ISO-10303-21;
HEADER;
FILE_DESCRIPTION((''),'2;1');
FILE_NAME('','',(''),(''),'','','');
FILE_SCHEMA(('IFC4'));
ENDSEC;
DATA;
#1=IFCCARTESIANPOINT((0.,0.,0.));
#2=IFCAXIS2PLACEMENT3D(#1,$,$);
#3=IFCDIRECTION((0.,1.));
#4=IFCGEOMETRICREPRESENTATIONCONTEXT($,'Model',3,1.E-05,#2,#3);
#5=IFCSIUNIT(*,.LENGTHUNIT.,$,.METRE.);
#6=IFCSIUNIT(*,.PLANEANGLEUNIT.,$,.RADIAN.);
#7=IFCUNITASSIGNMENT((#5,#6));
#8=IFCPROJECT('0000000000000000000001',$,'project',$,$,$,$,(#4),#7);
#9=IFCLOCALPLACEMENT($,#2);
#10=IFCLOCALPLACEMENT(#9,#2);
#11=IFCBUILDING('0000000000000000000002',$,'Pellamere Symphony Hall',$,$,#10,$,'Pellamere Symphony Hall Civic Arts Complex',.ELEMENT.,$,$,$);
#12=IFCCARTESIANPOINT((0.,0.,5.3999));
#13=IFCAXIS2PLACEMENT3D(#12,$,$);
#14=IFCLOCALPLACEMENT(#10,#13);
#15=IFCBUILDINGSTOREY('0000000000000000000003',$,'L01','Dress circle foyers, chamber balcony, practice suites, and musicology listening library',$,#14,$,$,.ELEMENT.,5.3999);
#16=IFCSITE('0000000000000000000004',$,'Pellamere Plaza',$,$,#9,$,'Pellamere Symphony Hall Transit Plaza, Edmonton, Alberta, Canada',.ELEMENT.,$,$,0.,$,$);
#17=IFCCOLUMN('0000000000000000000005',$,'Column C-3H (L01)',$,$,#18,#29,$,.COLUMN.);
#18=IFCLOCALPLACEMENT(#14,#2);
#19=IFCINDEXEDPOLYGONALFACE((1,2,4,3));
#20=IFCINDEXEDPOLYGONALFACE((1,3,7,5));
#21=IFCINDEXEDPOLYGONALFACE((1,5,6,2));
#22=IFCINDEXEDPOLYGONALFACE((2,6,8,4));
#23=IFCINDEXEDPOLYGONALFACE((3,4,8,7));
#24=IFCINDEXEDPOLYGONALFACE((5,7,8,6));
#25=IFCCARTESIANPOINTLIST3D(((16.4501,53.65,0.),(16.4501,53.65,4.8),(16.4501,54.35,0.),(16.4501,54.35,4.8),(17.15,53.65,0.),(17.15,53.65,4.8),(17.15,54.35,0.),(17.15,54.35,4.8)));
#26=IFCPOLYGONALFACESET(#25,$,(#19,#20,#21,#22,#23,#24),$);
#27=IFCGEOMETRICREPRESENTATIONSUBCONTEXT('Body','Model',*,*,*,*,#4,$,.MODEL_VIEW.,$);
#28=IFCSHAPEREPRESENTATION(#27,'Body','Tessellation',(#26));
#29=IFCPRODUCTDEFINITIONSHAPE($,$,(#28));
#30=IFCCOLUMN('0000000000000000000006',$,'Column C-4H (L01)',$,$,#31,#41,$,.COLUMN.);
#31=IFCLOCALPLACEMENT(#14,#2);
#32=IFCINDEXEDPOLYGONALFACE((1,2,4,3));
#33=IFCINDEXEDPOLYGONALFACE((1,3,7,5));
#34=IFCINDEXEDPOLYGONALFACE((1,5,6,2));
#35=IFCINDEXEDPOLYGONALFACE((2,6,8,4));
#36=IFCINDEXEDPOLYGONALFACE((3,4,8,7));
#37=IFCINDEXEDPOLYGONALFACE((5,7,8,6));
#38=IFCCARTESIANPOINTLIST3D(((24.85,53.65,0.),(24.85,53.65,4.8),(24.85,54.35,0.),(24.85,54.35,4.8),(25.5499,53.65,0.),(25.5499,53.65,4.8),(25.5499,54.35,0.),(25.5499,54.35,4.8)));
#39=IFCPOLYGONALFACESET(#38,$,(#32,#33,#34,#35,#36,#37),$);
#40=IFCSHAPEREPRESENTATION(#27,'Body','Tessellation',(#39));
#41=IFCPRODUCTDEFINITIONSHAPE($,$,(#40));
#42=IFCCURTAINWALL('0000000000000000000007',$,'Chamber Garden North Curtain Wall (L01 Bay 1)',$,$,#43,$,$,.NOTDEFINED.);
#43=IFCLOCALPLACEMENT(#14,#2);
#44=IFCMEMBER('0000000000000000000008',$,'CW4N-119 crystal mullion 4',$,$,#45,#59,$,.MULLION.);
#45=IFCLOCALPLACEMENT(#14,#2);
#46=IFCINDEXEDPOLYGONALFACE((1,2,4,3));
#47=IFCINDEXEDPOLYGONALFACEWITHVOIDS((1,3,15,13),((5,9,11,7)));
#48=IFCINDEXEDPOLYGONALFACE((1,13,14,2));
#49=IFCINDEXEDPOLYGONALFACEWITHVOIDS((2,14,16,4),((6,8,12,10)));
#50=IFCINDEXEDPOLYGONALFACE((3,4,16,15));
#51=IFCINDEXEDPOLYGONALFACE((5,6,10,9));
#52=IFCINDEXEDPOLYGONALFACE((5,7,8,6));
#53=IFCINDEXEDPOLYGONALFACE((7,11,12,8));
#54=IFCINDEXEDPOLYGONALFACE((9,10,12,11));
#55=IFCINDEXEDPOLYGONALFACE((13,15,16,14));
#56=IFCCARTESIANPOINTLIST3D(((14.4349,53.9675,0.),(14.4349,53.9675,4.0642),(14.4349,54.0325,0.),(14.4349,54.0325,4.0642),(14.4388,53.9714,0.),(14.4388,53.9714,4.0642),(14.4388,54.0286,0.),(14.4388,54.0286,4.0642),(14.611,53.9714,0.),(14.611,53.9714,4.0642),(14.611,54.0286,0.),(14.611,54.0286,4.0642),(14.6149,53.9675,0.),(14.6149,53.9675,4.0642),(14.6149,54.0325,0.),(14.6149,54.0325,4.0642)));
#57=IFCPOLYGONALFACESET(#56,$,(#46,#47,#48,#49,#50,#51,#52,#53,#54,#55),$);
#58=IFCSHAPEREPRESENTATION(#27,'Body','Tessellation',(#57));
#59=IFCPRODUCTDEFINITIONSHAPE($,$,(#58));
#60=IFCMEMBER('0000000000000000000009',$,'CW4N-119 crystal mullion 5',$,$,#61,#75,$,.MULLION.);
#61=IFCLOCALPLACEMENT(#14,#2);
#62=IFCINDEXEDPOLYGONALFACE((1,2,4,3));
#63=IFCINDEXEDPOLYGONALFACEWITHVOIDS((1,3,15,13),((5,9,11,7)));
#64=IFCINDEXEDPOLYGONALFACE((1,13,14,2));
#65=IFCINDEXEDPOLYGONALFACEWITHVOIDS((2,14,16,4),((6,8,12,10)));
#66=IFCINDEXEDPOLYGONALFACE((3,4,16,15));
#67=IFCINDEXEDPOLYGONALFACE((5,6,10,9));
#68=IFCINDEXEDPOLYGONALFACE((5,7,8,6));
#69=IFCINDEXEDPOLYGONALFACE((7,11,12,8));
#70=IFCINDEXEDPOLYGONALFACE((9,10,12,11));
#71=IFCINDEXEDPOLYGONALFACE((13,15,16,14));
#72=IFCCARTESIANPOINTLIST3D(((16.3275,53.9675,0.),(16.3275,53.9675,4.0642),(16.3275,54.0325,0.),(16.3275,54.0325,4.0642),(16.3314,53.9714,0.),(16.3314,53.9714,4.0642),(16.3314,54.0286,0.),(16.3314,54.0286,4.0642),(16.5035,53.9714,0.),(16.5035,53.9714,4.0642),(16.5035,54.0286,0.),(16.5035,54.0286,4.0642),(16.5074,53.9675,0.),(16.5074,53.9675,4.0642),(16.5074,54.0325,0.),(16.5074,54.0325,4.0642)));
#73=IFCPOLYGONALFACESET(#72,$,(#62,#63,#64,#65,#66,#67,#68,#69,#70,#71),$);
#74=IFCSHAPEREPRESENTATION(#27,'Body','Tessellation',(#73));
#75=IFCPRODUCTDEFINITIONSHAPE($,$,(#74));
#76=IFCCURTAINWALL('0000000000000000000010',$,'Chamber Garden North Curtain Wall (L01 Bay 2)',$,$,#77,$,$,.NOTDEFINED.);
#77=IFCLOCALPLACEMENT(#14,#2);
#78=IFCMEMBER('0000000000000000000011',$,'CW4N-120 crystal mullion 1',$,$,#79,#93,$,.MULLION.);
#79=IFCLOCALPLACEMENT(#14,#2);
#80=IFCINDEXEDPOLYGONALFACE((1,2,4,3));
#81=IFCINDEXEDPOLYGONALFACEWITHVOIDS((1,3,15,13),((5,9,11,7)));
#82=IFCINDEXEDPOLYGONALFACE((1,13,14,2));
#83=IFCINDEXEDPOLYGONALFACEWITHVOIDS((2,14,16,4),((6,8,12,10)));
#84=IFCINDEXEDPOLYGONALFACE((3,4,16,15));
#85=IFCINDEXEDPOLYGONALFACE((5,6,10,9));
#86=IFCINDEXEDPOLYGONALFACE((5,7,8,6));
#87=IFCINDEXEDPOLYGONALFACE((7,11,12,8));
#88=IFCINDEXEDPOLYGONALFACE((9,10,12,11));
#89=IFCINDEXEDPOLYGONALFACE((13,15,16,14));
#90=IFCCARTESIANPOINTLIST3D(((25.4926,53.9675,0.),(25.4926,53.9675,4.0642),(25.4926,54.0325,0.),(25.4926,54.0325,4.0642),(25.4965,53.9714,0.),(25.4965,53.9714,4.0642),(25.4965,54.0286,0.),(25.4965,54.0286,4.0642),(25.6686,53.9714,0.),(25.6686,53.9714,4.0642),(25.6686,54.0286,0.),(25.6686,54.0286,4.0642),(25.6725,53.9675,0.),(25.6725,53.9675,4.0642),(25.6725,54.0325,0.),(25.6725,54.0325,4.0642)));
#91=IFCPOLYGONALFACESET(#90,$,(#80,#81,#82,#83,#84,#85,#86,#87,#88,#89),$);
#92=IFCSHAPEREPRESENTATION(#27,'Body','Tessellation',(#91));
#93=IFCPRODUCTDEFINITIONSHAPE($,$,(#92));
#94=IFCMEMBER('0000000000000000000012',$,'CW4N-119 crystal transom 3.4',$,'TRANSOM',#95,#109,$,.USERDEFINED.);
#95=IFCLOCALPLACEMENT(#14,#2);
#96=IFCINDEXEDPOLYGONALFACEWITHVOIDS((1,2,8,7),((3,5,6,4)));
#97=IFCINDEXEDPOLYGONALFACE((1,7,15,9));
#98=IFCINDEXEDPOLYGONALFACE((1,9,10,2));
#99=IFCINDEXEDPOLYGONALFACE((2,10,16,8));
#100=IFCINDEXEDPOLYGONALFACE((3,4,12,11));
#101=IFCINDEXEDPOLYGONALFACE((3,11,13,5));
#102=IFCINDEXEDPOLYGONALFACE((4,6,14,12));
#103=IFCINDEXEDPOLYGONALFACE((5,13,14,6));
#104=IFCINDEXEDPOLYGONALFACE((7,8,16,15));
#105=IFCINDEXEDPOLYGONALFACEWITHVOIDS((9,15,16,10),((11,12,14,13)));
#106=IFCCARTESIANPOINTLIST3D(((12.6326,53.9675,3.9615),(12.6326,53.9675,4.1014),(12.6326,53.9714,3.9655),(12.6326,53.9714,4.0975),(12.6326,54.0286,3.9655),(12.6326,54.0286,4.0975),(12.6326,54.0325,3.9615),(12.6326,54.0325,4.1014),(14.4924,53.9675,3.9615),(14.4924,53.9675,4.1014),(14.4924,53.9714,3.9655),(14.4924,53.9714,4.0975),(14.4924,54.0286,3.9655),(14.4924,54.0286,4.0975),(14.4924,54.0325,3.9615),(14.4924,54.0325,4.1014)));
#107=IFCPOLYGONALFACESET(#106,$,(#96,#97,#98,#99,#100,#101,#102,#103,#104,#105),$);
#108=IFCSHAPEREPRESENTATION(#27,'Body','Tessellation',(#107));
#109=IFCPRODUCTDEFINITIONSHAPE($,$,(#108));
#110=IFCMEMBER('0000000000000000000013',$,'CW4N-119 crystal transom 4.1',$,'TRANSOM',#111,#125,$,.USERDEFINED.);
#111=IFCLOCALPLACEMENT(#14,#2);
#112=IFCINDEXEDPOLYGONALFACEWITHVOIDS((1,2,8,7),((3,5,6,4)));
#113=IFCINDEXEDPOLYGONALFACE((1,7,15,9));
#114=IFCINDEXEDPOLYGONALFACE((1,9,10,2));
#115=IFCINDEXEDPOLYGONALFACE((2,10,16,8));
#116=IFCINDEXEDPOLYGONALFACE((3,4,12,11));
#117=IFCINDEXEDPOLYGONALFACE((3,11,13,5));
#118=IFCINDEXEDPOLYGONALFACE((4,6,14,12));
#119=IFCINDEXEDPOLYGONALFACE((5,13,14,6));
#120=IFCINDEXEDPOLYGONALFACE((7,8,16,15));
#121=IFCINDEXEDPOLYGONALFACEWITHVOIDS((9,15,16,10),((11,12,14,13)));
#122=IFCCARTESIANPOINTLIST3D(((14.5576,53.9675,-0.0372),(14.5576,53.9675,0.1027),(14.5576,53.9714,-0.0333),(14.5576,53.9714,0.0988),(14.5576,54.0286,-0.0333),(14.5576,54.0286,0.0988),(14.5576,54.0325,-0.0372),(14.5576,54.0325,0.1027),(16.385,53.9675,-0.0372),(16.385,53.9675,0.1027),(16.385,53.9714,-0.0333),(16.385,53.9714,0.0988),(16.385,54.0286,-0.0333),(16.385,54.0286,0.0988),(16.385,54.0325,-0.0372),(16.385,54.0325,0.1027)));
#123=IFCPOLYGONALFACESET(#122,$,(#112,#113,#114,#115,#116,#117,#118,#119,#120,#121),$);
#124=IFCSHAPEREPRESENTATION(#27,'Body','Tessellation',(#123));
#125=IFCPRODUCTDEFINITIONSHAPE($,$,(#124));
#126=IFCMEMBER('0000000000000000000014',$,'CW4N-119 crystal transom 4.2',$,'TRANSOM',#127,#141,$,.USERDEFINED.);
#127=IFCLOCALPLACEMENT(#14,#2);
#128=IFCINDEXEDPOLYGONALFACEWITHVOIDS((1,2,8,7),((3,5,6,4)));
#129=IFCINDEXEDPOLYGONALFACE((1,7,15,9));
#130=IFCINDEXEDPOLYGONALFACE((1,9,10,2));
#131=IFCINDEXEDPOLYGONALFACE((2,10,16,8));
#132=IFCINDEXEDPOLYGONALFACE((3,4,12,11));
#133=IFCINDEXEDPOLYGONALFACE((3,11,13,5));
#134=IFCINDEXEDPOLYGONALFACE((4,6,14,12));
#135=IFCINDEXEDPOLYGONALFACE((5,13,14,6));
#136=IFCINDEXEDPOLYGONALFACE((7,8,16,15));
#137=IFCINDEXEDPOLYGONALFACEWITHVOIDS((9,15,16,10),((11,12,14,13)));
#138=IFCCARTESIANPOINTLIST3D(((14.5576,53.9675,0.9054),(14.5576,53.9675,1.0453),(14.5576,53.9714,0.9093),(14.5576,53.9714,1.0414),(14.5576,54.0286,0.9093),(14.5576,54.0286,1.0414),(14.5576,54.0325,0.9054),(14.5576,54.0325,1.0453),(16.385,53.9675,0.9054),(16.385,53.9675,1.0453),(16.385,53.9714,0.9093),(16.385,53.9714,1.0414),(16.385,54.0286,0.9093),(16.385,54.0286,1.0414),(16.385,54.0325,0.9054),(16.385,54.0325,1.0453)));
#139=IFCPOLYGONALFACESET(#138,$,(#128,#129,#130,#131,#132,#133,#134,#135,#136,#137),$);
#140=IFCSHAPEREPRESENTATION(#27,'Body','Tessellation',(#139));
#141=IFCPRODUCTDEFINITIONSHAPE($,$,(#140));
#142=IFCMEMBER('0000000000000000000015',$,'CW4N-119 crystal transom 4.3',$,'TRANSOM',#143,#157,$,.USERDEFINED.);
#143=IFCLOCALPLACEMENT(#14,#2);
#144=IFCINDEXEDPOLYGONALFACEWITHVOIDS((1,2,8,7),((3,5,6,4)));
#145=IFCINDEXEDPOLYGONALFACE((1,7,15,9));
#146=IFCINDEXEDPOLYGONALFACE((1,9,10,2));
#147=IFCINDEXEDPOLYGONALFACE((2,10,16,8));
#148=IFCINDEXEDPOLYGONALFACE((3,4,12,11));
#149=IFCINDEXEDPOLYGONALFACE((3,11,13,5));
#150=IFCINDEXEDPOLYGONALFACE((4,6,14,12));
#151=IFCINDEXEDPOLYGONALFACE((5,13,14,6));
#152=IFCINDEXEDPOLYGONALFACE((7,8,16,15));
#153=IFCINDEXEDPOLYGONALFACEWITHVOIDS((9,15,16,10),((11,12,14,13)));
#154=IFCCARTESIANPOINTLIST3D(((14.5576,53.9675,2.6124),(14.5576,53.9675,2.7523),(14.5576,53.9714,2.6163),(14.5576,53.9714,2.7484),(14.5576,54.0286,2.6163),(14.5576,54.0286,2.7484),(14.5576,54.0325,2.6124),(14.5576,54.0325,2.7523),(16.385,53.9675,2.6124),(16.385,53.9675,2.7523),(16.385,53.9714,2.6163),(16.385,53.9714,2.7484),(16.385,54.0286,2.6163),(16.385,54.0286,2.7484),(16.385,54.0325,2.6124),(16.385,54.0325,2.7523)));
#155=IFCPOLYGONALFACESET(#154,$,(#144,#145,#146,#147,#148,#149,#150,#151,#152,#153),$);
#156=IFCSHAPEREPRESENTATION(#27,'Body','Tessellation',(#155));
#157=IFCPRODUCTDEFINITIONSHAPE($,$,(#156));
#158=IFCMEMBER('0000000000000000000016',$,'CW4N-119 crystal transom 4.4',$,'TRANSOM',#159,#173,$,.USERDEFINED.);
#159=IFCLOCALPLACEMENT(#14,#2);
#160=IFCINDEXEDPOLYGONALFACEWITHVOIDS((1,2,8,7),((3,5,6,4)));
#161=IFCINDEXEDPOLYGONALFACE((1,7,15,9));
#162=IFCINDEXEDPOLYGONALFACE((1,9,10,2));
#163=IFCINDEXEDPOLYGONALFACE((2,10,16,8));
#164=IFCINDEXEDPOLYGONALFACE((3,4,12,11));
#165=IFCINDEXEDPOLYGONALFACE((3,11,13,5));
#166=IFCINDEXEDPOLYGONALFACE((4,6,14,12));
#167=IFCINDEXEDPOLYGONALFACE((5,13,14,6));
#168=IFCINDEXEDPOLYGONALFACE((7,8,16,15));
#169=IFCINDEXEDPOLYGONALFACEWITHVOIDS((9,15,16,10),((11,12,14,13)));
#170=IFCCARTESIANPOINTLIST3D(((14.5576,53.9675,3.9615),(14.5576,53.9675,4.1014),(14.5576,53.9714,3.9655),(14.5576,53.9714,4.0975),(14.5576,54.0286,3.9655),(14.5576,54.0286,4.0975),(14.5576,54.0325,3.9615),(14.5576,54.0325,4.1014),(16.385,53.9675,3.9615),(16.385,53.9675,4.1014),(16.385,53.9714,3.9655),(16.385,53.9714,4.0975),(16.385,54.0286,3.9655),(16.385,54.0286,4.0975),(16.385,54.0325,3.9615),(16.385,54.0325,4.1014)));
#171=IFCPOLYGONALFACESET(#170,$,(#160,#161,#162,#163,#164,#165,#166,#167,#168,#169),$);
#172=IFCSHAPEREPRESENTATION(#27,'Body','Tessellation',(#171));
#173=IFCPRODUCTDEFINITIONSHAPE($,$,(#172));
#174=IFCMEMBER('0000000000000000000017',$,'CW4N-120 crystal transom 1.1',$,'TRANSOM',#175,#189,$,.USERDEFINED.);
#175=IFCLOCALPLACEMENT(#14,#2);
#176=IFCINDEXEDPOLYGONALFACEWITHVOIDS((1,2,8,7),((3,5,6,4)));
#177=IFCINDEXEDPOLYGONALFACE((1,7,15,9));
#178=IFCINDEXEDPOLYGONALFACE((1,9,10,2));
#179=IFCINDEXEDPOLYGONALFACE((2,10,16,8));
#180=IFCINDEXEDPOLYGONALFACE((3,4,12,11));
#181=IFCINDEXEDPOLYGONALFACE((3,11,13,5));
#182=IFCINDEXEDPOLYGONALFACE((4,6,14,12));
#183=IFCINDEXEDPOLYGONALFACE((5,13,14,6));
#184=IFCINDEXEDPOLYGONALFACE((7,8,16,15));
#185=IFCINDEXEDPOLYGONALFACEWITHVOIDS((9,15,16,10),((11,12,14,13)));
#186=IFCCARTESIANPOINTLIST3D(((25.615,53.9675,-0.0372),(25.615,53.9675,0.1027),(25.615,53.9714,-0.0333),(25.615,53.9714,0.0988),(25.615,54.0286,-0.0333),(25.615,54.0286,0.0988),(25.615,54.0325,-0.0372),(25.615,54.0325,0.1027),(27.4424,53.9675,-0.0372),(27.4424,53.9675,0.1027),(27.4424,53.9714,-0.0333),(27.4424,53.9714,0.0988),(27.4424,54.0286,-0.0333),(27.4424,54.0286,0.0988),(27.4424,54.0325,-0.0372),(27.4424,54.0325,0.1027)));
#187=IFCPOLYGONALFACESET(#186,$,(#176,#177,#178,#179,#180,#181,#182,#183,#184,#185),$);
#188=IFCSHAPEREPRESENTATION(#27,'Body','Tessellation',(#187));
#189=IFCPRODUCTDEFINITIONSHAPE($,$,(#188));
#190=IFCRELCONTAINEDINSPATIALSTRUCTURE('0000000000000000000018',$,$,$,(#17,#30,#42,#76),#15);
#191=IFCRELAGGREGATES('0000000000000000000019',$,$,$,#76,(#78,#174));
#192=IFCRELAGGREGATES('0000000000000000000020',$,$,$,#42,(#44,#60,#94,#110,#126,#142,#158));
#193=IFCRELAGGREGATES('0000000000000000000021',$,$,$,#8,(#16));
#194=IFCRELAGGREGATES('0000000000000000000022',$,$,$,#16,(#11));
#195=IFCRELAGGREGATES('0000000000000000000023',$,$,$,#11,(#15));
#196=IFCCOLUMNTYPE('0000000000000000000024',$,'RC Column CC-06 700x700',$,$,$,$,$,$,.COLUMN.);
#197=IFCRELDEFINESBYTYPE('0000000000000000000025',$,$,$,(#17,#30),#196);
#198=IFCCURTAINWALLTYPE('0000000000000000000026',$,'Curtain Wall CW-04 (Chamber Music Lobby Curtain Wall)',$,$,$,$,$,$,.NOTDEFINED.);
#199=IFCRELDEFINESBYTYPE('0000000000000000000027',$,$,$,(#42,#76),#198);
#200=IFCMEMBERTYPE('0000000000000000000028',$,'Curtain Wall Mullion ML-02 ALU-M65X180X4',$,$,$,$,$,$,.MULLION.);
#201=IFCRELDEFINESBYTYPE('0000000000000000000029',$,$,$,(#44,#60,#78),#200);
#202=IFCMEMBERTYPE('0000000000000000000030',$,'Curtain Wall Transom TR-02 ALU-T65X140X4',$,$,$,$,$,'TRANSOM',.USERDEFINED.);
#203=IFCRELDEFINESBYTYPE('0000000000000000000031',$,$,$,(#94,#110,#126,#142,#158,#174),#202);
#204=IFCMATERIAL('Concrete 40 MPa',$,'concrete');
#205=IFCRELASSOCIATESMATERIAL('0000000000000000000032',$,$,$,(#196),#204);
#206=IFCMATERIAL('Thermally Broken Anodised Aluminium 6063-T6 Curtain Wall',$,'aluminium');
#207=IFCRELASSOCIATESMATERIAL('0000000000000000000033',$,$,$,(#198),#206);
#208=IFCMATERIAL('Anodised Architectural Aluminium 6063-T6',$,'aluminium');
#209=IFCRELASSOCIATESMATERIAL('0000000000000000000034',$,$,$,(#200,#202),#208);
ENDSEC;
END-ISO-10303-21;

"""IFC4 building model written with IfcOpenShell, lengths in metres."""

from ifc_helpers import new_model, si_unit, direction, frame, origin, origin_2d, place, context, subcontext, project, spatial, rectangle, hollow_rectangle, extrude, material, material_profile, profile_set, type_object, element, aggregate, save


model = new_model("IFC4")

# Units and contexts
model_context = context("Model", 3, precision=1e-05, world=origin(), true_north=direction((0.0, 1.0)))
body_context = subcontext(model_context, "Body", "Model", "MODEL_VIEW")
ifc_project = project(units=[si_unit("LENGTHUNIT", "METRE"), si_unit("PLANEANGLEUNIT", "RADIAN")], contexts=[model_context])

# Site, building, storey
site_placement = place(None, origin())
site = spatial("IfcSite", under=ifc_project, at=site_placement, Name="Pellamere Plaza", LongName="Pellamere Symphony Hall Transit Plaza, Edmonton, Alberta, Canada", CompositionType="ELEMENT", RefElevation=0.0)
building_placement = place(site_placement, origin())
building = spatial("IfcBuilding", under=site, at=building_placement, Name="Pellamere Symphony Hall", LongName="Pellamere Symphony Hall Civic Arts Complex", CompositionType="ELEMENT")
storey_placement = place(building_placement, frame((0.0, 0.0, 5.3999)))
storey = spatial("IfcBuildingStorey", under=building, at=storey_placement, Name="L01", Description="Dress circle foyers, chamber balcony, practice suites, and musicology listening library", CompositionType="ELEMENT", Elevation=5.3999)

# Columns
ifc_material_1 = material(Name="Concrete 40 MPa", Category="concrete")
ifc_material_profile_1 = material_profile(ifc_material_1, rectangle(XDim=0.7, YDim=0.7, at=origin_2d()), Name="RC 700x700")
ifc_profile_set_1 = profile_set([ifc_material_profile_1], Name="Concrete 40 MPa")
column_type = type_object("IfcColumnType", Name="RC Column CC-06 700x700", PredefinedType="COLUMN", material=ifc_profile_set_1)
for number, where, z_axis, x_axis, name in (
    (1, (16.8, 54.0, 0.0), (0.0, 0.0, 1.0), (1.0, 0.0, 0.0), "Column C-3H (L01)"),
    (2, (25.2, 54.0, 0.0), (0.0, 0.0, 1.0), (1.0, 0.0, 0.0), "Column C-4H (L01)"),
):
    element("IfcColumn", number, at=place(storey_placement, frame(where, z_axis=z_axis, x_axis=x_axis)), inside=storey, type_object=column_type, Name=name, PredefinedType="COLUMN", context=body_context, shape_type="SweptSolid", body=[
        extrude(rectangle(XDim=0.7, YDim=0.7, at=origin_2d()), origin(), (0.0, 0.0, 1.0), 4.8),
    ])

# Curtain wall, members
ifc_material_2 = material(Name="Thermally Broken Anodised Aluminium 6063-T6 Curtain Wall", Category="aluminium")
curtain_wall_type = type_object("IfcCurtainWallType", Name="Curtain Wall CW-04 (Chamber Music Lobby Curtain Wall)", PredefinedType="NOTDEFINED", material=ifc_material_2)
curtain_wall_1_placement = place(storey_placement, origin())
curtain_wall_1 = element("IfcCurtainWall", 3, at=curtain_wall_1_placement, inside=storey, type_object=curtain_wall_type, Name="Chamber Garden North Curtain Wall (L01 Bay 1)", PredefinedType="NOTDEFINED")
ifc_material_3 = material(Name="Anodised Architectural Aluminium 6063-T6", Category="aluminium")
ifc_material_profile_2 = material_profile(ifc_material_3, hollow_rectangle(XDim=0.0649, YDim=0.1799, WallThickness=0.0039, at=origin_2d()), Name="ALU-M65X180X4")
ifc_profile_set_2 = profile_set([ifc_material_profile_2], Name="Anodised Architectural Aluminium 6063-T6")
member_type_1 = type_object("IfcMemberType", Name="Curtain Wall Mullion ML-02 ALU-M65X180X4", PredefinedType="MULLION", material=ifc_profile_set_2)
member_1_placement = place(storey_placement, frame((14.5249, 54.0, 0.0), z_axis=(0.0, 0.0, 1.0), x_axis=(0.0, 1.0, 0.0)))
member_1 = element("IfcMember", 4, at=member_1_placement, type_object=member_type_1, Name="CW4N-119 crystal mullion 4", PredefinedType="MULLION", context=body_context, shape_type="SweptSolid", body=[
    extrude(hollow_rectangle(XDim=0.0649, YDim=0.1799, WallThickness=0.0039, at=origin_2d()), origin(), (0.0, 0.0, 1.0), 4.0642),
])
member_2_placement = place(storey_placement, frame((16.4175, 54.0, 0.0), z_axis=(0.0, 0.0, 1.0), x_axis=(0.0, 1.0, 0.0)))
member_2 = element("IfcMember", 5, at=member_2_placement, type_object=member_type_1, Name="CW4N-119 crystal mullion 5", PredefinedType="MULLION", context=body_context, shape_type="SweptSolid", body=[
    extrude(hollow_rectangle(XDim=0.0649, YDim=0.1799, WallThickness=0.0039, at=origin_2d()), origin(), (0.0, 0.0, 1.0), 4.0642),
])

# Curtain wall, member
curtain_wall_2_placement = place(storey_placement, origin())
curtain_wall_2 = element("IfcCurtainWall", 6, at=curtain_wall_2_placement, inside=storey, type_object=curtain_wall_type, Name="Chamber Garden North Curtain Wall (L01 Bay 2)", PredefinedType="NOTDEFINED")
member_3_placement = place(storey_placement, frame((25.5825, 54.0, 0.0), z_axis=(0.0, 0.0, 1.0), x_axis=(0.0, 1.0, 0.0)))
member_3 = element("IfcMember", 7, at=member_3_placement, type_object=member_type_1, Name="CW4N-120 crystal mullion 1", PredefinedType="MULLION", context=body_context, shape_type="SweptSolid", body=[
    extrude(hollow_rectangle(XDim=0.0649, YDim=0.1799, WallThickness=0.0039, at=origin_2d()), origin(), (0.0, 0.0, 1.0), 4.0642),
])

# Members
ifc_material_profile_3 = material_profile(ifc_material_3, hollow_rectangle(XDim=0.0649, YDim=0.1399, WallThickness=0.0039, at=origin_2d()), Name="ALU-T65X140X4")
ifc_profile_set_3 = profile_set([ifc_material_profile_3], Name="Anodised Architectural Aluminium 6063-T6")
member_type_2 = type_object("IfcMemberType", Name="Curtain Wall Transom TR-02 ALU-T65X140X4", ElementType="TRANSOM", PredefinedType="USERDEFINED", material=ifc_profile_set_3)
member_4_placement = place(storey_placement, frame((12.6326, 54.0, 4.0315), z_axis=(1.0, 0.0, 0.0), x_axis=(0.0, 1.0, 0.0)))
member_4 = element("IfcMember", 8, at=member_4_placement, type_object=member_type_2, Name="CW4N-119 crystal transom 3.4", ObjectType="TRANSOM", PredefinedType="USERDEFINED", context=body_context, shape_type="SweptSolid", body=[
    extrude(hollow_rectangle(XDim=0.0649, YDim=0.1399, WallThickness=0.0039, at=origin_2d()), origin(), (0.0, 0.0, 1.0), 1.8599),
])
member_5_placement = place(storey_placement, frame((14.5576, 54.0, 0.0327), z_axis=(1.0, 0.0, 0.0), x_axis=(0.0, 1.0, 0.0)))
member_5 = element("IfcMember", 9, at=member_5_placement, type_object=member_type_2, Name="CW4N-119 crystal transom 4.1", ObjectType="TRANSOM", PredefinedType="USERDEFINED", context=body_context, shape_type="SweptSolid", body=[
    extrude(hollow_rectangle(XDim=0.0649, YDim=0.1399, WallThickness=0.0039, at=origin_2d()), origin(), (0.0, 0.0, 1.0), 1.8274),
])
member_6_placement = place(storey_placement, frame((14.5576, 54.0, 0.9753), z_axis=(1.0, 0.0, 0.0), x_axis=(0.0, 1.0, 0.0)))
member_6 = element("IfcMember", 10, at=member_6_placement, type_object=member_type_2, Name="CW4N-119 crystal transom 4.2", ObjectType="TRANSOM", PredefinedType="USERDEFINED", context=body_context, shape_type="SweptSolid", body=[
    extrude(hollow_rectangle(XDim=0.0649, YDim=0.1399, WallThickness=0.0039, at=origin_2d()), origin(), (0.0, 0.0, 1.0), 1.8274),
])
member_7_placement = place(storey_placement, frame((14.5576, 54.0, 2.6824), z_axis=(1.0, 0.0, 0.0), x_axis=(0.0, 1.0, 0.0)))
member_7 = element("IfcMember", 11, at=member_7_placement, type_object=member_type_2, Name="CW4N-119 crystal transom 4.3", ObjectType="TRANSOM", PredefinedType="USERDEFINED", context=body_context, shape_type="SweptSolid", body=[
    extrude(hollow_rectangle(XDim=0.0649, YDim=0.1399, WallThickness=0.0039, at=origin_2d()), origin(), (0.0, 0.0, 1.0), 1.8274),
])
member_8_placement = place(storey_placement, frame((14.5576, 54.0, 4.0315), z_axis=(1.0, 0.0, 0.0), x_axis=(0.0, 1.0, 0.0)))
member_8 = element("IfcMember", 12, at=member_8_placement, type_object=member_type_2, Name="CW4N-119 crystal transom 4.4", ObjectType="TRANSOM", PredefinedType="USERDEFINED", context=body_context, shape_type="SweptSolid", body=[
    extrude(hollow_rectangle(XDim=0.0649, YDim=0.1399, WallThickness=0.0039, at=origin_2d()), origin(), (0.0, 0.0, 1.0), 1.8274),
])
member_9_placement = place(storey_placement, frame((25.615, 54.0, 0.0327), z_axis=(1.0, 0.0, 0.0), x_axis=(0.0, 1.0, 0.0)))
member_9 = element("IfcMember", 13, at=member_9_placement, type_object=member_type_2, Name="CW4N-120 crystal transom 1.1", ObjectType="TRANSOM", PredefinedType="USERDEFINED", context=body_context, shape_type="SweptSolid", body=[
    extrude(hollow_rectangle(XDim=0.0649, YDim=0.1399, WallThickness=0.0039, at=origin_2d()), origin(), (0.0, 0.0, 1.0), 1.8274),
])
aggregate(curtain_wall_2, [member_3, member_9])

aggregate(curtain_wall_1, [member_1, member_2, member_4, member_5, member_6, member_7, member_8])

save(model, "model.ifc")
